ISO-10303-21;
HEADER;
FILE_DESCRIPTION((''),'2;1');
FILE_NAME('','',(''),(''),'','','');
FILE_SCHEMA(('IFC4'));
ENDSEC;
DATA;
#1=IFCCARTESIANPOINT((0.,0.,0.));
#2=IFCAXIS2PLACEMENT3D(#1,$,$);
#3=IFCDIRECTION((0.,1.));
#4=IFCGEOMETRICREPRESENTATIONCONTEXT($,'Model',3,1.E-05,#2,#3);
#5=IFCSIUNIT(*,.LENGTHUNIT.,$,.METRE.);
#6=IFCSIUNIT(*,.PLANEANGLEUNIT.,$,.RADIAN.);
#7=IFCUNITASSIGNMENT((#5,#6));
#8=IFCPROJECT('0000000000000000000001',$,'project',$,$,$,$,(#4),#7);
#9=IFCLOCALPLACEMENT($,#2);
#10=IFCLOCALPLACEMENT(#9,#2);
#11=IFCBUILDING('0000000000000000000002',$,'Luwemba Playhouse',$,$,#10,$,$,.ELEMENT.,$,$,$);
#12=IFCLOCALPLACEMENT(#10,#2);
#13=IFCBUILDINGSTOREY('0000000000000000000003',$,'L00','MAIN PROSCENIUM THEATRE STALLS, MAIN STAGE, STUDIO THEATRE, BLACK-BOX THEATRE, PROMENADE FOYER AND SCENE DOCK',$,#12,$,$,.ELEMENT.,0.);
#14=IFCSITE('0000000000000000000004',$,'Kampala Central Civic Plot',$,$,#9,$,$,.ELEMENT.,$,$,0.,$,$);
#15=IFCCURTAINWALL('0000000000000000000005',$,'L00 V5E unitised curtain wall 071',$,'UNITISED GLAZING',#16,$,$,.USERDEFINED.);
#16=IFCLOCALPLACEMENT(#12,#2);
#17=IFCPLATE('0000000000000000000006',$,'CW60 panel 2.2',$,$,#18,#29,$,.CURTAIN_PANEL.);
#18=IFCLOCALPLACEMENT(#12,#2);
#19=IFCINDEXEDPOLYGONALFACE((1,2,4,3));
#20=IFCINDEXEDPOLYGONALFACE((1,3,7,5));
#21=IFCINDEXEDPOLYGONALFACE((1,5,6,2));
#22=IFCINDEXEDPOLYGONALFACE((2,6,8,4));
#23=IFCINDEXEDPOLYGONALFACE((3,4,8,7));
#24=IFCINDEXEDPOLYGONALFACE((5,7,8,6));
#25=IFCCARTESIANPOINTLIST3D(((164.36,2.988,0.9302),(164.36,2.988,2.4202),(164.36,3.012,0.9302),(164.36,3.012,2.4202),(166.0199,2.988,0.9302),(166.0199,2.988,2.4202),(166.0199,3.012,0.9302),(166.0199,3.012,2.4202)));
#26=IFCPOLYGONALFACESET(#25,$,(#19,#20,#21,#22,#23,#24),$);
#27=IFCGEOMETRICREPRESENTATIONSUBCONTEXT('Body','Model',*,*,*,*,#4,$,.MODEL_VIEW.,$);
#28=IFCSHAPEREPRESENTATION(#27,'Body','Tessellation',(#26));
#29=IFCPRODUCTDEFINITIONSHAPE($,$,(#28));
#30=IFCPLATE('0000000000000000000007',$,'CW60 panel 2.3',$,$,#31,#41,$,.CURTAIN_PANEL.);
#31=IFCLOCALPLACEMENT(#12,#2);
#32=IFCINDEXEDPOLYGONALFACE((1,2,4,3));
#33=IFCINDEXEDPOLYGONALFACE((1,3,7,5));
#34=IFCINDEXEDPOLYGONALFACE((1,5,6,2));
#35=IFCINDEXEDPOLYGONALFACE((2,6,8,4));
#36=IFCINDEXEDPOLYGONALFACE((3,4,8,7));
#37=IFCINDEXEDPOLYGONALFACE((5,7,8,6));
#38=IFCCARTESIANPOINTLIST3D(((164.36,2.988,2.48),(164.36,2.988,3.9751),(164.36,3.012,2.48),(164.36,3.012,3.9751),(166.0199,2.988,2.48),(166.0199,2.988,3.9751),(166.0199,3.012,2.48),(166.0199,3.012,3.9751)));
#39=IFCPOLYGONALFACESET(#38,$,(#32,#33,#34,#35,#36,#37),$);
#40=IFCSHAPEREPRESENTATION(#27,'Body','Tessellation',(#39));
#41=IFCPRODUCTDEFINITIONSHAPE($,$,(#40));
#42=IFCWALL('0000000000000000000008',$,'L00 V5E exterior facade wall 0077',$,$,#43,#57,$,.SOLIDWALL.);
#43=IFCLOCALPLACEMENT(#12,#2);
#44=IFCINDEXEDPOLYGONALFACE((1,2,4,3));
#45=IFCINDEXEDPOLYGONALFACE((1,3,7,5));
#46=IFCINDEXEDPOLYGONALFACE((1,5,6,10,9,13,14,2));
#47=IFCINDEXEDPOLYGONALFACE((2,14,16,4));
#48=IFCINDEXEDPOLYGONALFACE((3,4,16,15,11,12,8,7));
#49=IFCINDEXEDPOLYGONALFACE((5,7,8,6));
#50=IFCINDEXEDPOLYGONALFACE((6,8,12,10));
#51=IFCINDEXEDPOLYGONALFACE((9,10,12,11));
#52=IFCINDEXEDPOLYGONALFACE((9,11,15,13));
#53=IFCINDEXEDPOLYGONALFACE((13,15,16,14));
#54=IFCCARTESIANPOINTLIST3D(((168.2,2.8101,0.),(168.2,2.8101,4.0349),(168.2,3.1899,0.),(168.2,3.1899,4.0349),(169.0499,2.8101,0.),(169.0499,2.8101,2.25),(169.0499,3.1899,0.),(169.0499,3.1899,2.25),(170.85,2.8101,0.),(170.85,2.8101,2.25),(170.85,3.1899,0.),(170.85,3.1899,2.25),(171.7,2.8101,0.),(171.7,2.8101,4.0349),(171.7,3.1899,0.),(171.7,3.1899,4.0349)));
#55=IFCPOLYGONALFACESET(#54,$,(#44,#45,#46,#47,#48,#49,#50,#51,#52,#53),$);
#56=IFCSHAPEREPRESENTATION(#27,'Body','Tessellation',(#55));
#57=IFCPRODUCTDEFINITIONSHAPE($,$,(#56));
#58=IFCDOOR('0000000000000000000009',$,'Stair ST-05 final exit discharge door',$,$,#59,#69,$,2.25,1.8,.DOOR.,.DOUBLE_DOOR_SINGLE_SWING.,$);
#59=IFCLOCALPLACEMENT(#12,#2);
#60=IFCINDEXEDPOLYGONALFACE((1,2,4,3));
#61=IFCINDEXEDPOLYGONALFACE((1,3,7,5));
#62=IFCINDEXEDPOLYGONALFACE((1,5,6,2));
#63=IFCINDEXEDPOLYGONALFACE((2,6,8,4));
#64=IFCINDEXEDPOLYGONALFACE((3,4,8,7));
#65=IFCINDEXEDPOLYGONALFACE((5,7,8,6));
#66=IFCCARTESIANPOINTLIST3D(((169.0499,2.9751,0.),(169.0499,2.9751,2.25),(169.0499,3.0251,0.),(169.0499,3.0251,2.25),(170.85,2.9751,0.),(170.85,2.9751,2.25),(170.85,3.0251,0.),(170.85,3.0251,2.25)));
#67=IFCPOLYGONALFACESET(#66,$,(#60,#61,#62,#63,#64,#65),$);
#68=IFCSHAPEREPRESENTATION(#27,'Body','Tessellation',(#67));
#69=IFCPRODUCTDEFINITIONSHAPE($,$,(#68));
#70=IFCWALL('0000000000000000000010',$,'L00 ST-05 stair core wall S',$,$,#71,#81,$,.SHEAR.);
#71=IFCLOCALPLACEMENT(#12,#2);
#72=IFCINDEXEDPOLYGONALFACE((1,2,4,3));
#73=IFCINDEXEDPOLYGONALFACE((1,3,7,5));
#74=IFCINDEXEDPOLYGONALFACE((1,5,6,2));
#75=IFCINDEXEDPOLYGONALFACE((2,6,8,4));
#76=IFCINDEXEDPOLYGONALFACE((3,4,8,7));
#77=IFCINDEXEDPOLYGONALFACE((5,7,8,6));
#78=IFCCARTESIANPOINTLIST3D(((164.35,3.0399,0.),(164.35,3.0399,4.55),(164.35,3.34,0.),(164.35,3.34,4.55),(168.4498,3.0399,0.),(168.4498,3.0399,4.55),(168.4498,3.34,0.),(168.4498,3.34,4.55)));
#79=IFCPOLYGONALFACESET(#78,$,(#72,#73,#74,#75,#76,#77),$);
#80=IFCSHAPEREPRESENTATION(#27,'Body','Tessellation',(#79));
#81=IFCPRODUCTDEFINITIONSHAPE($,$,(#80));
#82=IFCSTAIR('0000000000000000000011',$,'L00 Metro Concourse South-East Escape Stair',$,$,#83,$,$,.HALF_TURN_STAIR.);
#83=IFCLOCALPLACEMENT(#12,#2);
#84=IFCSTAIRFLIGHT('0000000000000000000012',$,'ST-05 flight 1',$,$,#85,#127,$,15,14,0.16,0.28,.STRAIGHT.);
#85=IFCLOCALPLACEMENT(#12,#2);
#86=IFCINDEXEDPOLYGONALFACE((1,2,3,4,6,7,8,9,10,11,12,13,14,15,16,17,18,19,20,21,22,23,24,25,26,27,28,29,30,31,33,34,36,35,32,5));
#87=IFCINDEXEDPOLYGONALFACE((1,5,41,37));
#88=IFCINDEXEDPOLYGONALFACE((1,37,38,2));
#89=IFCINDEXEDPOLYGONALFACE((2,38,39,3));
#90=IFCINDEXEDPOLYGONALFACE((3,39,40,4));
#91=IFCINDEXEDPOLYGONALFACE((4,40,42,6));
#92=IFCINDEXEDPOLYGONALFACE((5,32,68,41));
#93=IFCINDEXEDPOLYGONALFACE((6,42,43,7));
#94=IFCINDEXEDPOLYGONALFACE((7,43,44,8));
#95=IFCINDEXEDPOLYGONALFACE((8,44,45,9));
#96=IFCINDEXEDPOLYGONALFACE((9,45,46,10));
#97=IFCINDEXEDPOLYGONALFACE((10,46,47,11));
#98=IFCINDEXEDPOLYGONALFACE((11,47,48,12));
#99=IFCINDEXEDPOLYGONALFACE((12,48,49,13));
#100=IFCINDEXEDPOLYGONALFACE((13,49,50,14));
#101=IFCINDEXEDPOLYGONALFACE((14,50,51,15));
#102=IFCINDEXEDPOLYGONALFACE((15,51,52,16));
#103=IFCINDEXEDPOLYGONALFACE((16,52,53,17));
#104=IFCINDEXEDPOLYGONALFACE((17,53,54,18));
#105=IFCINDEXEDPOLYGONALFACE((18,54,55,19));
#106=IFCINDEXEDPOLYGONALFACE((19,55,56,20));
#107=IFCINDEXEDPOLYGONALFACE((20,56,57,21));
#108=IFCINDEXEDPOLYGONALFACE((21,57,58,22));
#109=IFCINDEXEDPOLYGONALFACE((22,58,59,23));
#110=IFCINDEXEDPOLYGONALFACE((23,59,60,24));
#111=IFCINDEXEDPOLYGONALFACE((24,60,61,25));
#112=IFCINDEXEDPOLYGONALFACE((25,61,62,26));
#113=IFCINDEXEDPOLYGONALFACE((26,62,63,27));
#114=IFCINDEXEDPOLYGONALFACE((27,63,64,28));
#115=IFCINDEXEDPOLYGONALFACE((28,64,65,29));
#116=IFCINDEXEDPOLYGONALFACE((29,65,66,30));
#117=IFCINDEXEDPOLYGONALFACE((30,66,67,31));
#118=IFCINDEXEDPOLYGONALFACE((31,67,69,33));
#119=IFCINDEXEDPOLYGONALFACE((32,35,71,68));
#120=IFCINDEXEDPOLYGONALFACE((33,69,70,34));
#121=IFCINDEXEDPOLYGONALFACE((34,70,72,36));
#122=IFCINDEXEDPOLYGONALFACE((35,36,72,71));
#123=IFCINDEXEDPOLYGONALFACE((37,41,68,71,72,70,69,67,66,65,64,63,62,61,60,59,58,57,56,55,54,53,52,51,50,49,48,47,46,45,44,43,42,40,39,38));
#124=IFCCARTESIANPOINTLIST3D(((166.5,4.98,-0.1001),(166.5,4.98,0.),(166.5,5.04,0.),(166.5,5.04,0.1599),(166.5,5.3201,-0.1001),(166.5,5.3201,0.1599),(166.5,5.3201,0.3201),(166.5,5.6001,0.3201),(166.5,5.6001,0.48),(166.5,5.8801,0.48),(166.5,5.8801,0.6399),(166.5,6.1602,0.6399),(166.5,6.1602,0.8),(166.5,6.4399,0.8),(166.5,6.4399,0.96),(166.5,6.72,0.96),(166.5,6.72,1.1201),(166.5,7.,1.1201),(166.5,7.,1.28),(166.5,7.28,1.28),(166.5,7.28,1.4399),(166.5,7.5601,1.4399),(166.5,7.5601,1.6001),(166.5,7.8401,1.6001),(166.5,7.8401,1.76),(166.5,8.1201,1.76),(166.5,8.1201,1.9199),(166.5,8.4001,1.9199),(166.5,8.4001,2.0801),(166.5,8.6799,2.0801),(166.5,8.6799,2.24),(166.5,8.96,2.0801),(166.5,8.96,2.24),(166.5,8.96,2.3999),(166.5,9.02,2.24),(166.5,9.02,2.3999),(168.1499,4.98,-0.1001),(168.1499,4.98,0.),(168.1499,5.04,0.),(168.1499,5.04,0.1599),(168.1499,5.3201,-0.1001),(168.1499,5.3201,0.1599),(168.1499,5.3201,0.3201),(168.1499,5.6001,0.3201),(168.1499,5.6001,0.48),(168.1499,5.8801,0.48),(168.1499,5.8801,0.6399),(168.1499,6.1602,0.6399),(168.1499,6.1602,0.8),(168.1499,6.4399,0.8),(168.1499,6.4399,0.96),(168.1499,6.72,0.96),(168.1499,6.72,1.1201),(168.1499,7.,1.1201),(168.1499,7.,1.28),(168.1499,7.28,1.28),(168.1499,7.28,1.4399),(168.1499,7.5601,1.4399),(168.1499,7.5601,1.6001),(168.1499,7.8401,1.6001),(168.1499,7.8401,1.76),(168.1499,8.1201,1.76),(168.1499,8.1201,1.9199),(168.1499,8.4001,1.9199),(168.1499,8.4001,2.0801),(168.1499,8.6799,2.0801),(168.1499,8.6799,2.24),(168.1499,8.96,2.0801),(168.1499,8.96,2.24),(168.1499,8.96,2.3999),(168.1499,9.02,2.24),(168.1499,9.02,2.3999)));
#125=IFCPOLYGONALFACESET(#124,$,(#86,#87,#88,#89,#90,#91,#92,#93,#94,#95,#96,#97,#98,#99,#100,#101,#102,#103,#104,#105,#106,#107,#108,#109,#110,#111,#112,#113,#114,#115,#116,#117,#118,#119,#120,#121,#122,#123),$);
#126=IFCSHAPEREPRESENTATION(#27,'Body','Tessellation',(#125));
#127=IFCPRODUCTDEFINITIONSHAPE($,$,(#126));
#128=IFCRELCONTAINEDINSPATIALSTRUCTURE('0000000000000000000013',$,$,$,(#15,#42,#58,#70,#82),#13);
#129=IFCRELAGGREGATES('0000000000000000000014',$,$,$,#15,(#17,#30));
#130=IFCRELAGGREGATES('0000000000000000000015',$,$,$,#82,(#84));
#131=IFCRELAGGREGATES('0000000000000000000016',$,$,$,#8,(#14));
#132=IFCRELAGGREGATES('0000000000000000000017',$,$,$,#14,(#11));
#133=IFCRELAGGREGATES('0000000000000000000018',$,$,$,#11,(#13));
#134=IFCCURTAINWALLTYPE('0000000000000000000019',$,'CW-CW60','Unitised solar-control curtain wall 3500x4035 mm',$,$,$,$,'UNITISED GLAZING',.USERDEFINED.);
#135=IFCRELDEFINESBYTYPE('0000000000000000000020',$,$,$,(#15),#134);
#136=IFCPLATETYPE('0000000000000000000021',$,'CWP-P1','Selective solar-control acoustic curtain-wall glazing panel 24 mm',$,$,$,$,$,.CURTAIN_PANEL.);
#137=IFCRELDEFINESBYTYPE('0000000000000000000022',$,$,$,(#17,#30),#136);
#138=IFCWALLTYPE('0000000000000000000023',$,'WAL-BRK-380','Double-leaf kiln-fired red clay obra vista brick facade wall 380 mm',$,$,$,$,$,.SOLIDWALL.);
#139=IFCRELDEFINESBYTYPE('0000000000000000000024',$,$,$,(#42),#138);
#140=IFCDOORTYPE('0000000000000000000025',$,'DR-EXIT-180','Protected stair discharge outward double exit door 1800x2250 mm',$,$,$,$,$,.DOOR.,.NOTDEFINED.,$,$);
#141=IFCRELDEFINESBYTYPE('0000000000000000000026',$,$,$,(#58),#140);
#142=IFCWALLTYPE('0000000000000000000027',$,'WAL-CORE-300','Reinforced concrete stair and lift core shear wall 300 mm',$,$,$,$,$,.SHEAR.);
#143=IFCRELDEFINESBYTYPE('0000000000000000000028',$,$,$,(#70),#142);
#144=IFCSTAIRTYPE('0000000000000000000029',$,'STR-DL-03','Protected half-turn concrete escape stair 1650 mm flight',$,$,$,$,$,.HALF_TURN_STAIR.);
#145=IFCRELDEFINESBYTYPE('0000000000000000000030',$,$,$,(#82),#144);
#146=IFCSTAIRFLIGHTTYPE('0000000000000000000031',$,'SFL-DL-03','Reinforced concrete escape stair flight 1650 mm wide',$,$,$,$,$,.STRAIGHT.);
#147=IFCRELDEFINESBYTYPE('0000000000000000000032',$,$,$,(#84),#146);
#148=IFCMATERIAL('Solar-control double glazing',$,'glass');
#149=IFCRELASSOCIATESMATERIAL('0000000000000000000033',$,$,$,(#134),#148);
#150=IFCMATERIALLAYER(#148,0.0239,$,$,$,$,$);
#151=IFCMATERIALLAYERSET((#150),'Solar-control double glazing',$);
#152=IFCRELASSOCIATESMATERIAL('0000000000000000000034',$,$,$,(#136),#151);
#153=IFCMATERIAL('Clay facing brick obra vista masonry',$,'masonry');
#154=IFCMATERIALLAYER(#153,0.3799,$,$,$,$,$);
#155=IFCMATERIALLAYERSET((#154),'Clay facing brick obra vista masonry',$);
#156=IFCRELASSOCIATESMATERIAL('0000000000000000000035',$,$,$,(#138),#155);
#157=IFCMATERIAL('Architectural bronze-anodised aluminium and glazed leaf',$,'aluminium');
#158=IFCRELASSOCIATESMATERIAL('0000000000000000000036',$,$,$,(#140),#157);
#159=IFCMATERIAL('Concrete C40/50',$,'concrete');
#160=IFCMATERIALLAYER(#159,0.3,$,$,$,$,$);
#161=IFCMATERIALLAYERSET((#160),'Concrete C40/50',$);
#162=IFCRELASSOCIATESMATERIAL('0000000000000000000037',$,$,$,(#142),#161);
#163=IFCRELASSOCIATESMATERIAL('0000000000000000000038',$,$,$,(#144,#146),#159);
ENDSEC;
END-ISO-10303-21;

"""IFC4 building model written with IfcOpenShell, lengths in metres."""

from ifc_helpers import new_model, si_unit, direction, frame, frame_2d, origin, origin_2d, place, context, subcontext, project, spatial, polyline, rectangle, outline, extrude, material, layer, layer_set, type_object, element, fill, aggregate, save


model = new_model("IFC4")

# Units and contexts
model_context = context("Model", 3, precision=1e-05, world=origin(), true_north=direction((0.0, 1.0)))
body_context = subcontext(model_context, "Body", "Model", "MODEL_VIEW")
ifc_project = project(units=[si_unit("LENGTHUNIT", "METRE"), si_unit("PLANEANGLEUNIT", "RADIAN")], contexts=[model_context])

# Site, building, storey
site_placement = place(None, origin())
site = spatial("IfcSite", under=ifc_project, at=site_placement, Name="Kampala Central Civic Plot", CompositionType="ELEMENT", RefElevation=0.0)
building_placement = place(site_placement, origin())
building = spatial("IfcBuilding", under=site, at=building_placement, Name="Luwemba Playhouse", CompositionType="ELEMENT")
storey_placement = place(building_placement, origin())
storey = spatial("IfcBuildingStorey", under=building, at=storey_placement, Name="L00", Description="MAIN PROSCENIUM THEATRE STALLS, MAIN STAGE, STUDIO THEATRE, BLACK-BOX THEATRE, PROMENADE FOYER AND SCENE DOCK", CompositionType="ELEMENT", Elevation=0.0)

# Shared definitions
ifc_material_1 = material(Name="Concrete C40/50", Category="concrete")

# Curtain wall, plates
ifc_material_2 = material(Name="Solar-control double glazing", Category="glass")
curtain_wall_type = type_object("IfcCurtainWallType", Name="CW-CW60", Description="Unitised solar-control curtain wall 3500x4035 mm", ElementType="UNITISED GLAZING", PredefinedType="USERDEFINED", material=ifc_material_2)
curtain_wall_placement = place(storey_placement, origin())
curtain_wall = element("IfcCurtainWall", 1, at=curtain_wall_placement, inside=storey, type_object=curtain_wall_type, Name="L00 V5E unitised curtain wall 071", ObjectType="UNITISED GLAZING", PredefinedType="USERDEFINED")
ifc_layer_1 = layer(ifc_material_2, 0.0239)
ifc_layer_set_1 = layer_set([ifc_layer_1], Name="Solar-control double glazing")
plate_type = type_object("IfcPlateType", Name="CWP-P1", Description="Selective solar-control acoustic curtain-wall glazing panel 24 mm", PredefinedType="CURTAIN_PANEL", material=ifc_layer_set_1)
plate_1_placement = place(storey_placement, frame((165.1899, 3.0, 0.9302), z_axis=(0.0, 0.0, 1.0), x_axis=(-1.0, 0.0, 0.0)))
plate_1 = element("IfcPlate", 2, at=plate_1_placement, type_object=plate_type, Name="CW60 panel 2.2", PredefinedType="CURTAIN_PANEL", context=body_context, shape_type="SweptSolid", body=[
    extrude(rectangle(XDim=1.6599, YDim=0.0239, at=origin_2d()), origin(), (0.0, 0.0, 1.0), 1.49),
])
plate_2_placement = place(storey_placement, frame((165.1899, 3.0, 2.48), z_axis=(0.0, 0.0, 1.0), x_axis=(-1.0, 0.0, 0.0)))
plate_2 = element("IfcPlate", 3, at=plate_2_placement, type_object=plate_type, Name="CW60 panel 2.3", PredefinedType="CURTAIN_PANEL", context=body_context, shape_type="SweptSolid", body=[
    extrude(rectangle(XDim=1.6599, YDim=0.0239, at=origin_2d()), origin(), (0.0, 0.0, 1.0), 1.4951),
])
aggregate(curtain_wall, [plate_1, plate_2])

# Wall, opening, door
ifc_material_3 = material(Name="Clay facing brick obra vista masonry", Category="masonry")
ifc_layer_2 = layer(ifc_material_3, 0.3799)
ifc_layer_set_2 = layer_set([ifc_layer_2], Name="Clay facing brick obra vista masonry")
wall_type_1 = type_object("IfcWallType", Name="WAL-BRK-380", Description="Double-leaf kiln-fired red clay obra vista brick facade wall 380 mm", PredefinedType="SOLIDWALL", material=ifc_layer_set_2)
wall_1_placement = place(storey_placement, frame((171.7, 3.0, 0.0), z_axis=(0.0, 0.0, 1.0), x_axis=(-1.0, 0.0, 0.0)))
wall_1 = element("IfcWall", 4, at=wall_1_placement, inside=storey, type_object=wall_type_1, Name="L00 V5E exterior facade wall 0077", PredefinedType="SOLIDWALL", context=body_context, shape_type="SweptSolid", body=[
    extrude(rectangle(XDim=3.5, YDim=0.3799, at=frame_2d((1.75, 0.0))), origin(), (0.0, 0.0, 1.0), 4.0349),
])
opening_1_placement = place(wall_1_placement, frame((0.8501, 0.0, 0.0)))
opening_1 = element("IfcOpeningElement", 5, at=opening_1_placement, cuts=wall_1, PredefinedType="OPENING", context=body_context, shape_type="SweptSolid", body=[
    extrude(rectangle(XDim=1.8, YDim=2.25, at=frame_2d((0.8999, 1.125))), frame((0.0, 0.2, 0.0), z_axis=(0.0, -1.0, 0.0), x_axis=(1.0, 0.0, 0.0)), (0.0, 0.0, 1.0), 0.3999),
])
ifc_material_4 = material(Name="Architectural bronze-anodised aluminium and glazed leaf", Category="aluminium")
door_type_1 = type_object("IfcDoorType", Name="DR-EXIT-180", Description="Protected stair discharge outward double exit door 1800x2250 mm", OperationType="NOTDEFINED", PredefinedType="DOOR", material=ifc_material_4)
door_1_placement = place(opening_1_placement, origin())
door_1 = element("IfcDoor", 6, at=door_1_placement, inside=storey, type_object=door_type_1, Name="Stair ST-05 final exit discharge door", OperationType="DOUBLE_DOOR_SINGLE_SWING", OverallHeight=2.25, OverallWidth=1.8, PredefinedType="DOOR", context=body_context, shape_type="SweptSolid", body=[
    extrude(rectangle(XDim=1.8, YDim=2.25, at=frame_2d((0.8999, 1.125))), frame((0.0, 0.0249, 0.0), z_axis=(0.0, -1.0, 0.0), x_axis=(1.0, 0.0, 0.0)), (0.0, 0.0, 1.0), 0.05),
])
fill(opening_1, door_1)

# Wall
ifc_layer_3 = layer(ifc_material_1, 0.3)
ifc_layer_set_3 = layer_set([ifc_layer_3], Name="Concrete C40/50")
wall_type_2 = type_object("IfcWallType", Name="WAL-CORE-300", Description="Reinforced concrete stair and lift core shear wall 300 mm", PredefinedType="SHEAR", material=ifc_layer_set_3)
wall_2_placement = place(storey_placement, frame((164.3501, 3.1899, 0.0), z_axis=(0.0, 0.0, 1.0), x_axis=(1.0, 0.0, 0.0)))
element("IfcWall", 7, at=wall_2_placement, inside=storey, type_object=wall_type_2, Name="L00 ST-05 stair core wall S", PredefinedType="SHEAR", context=body_context, shape_type="SweptSolid", body=[
    extrude(rectangle(XDim=4.0999, YDim=0.3, at=frame_2d((2.0498, 0.0))), origin(), (0.0, 0.0, 1.0), 4.55),
])

# Stair, stair flight
stair_type = type_object("IfcStairType", Name="STR-DL-03", Description="Protected half-turn concrete escape stair 1650 mm flight", PredefinedType="HALF_TURN_STAIR", material=ifc_material_1)
stair_placement = place(storey_placement, origin())
stair = element("IfcStair", 8, at=stair_placement, inside=storey, type_object=stair_type, Name="L00 Metro Concourse South-East Escape Stair", PredefinedType="HALF_TURN_STAIR")
stair_flight_type = type_object("IfcStairFlightType", Name="SFL-DL-03", Description="Reinforced concrete escape stair flight 1650 mm wide", PredefinedType="STRAIGHT", material=ifc_material_1)
stair_flight_placement = place(storey_placement, frame((167.325, 5.04, 0.0), z_axis=(0.0, 0.0, 1.0), x_axis=(0.0, 1.0, 0.0)))
stair_flight = element("IfcStairFlight", 9, at=stair_flight_placement, type_object=stair_flight_type, Name="ST-05 flight 1", NumberOfRisers=15, NumberOfTreads=14, PredefinedType="STRAIGHT", RiserHeight=0.16, TreadLength=0.28, context=body_context, shape_type="SweptSolid", body=[
    extrude(outline(polyline([(-0.0601, -0.1001), (-0.0601, 0.0), (0.0, 0.0), (0.0, 0.1599), (0.28, 0.1599), (0.28, 0.3201), (0.5601, 0.3201), (0.5601, 0.48), (0.8401, 0.48), (0.8401, 0.6399), (1.1201, 0.6399), (1.1201, 0.8), (1.3999, 0.8), (1.3999, 0.96), (1.6799, 0.96), (1.6799, 1.1201), (1.96, 1.1201), (1.96, 1.28), (2.24, 1.28), (2.24, 1.4399), (2.52, 1.4399), (2.52, 1.6001), (2.8, 1.6001), (2.8, 1.76), (3.0801, 1.76), (3.0801, 1.9199), (3.3601, 1.9199), (3.3601, 2.0801), (3.6399, 2.0801), (3.6399, 2.24), (3.9199, 2.24), (3.9199, 2.3999), (3.98, 2.3999), (3.98, 2.24), (3.9199, 2.0801), (0.28, -0.1001), (-0.0601, -0.1001)])), frame((0.0, 0.825, 0.0), z_axis=(0.0, -1.0, 0.0), x_axis=(1.0, 0.0, 0.0)), (0.0, 0.0, 1.0), 1.6499),
])
aggregate(stair, [stair_flight])

save(model, "model.ifc")
